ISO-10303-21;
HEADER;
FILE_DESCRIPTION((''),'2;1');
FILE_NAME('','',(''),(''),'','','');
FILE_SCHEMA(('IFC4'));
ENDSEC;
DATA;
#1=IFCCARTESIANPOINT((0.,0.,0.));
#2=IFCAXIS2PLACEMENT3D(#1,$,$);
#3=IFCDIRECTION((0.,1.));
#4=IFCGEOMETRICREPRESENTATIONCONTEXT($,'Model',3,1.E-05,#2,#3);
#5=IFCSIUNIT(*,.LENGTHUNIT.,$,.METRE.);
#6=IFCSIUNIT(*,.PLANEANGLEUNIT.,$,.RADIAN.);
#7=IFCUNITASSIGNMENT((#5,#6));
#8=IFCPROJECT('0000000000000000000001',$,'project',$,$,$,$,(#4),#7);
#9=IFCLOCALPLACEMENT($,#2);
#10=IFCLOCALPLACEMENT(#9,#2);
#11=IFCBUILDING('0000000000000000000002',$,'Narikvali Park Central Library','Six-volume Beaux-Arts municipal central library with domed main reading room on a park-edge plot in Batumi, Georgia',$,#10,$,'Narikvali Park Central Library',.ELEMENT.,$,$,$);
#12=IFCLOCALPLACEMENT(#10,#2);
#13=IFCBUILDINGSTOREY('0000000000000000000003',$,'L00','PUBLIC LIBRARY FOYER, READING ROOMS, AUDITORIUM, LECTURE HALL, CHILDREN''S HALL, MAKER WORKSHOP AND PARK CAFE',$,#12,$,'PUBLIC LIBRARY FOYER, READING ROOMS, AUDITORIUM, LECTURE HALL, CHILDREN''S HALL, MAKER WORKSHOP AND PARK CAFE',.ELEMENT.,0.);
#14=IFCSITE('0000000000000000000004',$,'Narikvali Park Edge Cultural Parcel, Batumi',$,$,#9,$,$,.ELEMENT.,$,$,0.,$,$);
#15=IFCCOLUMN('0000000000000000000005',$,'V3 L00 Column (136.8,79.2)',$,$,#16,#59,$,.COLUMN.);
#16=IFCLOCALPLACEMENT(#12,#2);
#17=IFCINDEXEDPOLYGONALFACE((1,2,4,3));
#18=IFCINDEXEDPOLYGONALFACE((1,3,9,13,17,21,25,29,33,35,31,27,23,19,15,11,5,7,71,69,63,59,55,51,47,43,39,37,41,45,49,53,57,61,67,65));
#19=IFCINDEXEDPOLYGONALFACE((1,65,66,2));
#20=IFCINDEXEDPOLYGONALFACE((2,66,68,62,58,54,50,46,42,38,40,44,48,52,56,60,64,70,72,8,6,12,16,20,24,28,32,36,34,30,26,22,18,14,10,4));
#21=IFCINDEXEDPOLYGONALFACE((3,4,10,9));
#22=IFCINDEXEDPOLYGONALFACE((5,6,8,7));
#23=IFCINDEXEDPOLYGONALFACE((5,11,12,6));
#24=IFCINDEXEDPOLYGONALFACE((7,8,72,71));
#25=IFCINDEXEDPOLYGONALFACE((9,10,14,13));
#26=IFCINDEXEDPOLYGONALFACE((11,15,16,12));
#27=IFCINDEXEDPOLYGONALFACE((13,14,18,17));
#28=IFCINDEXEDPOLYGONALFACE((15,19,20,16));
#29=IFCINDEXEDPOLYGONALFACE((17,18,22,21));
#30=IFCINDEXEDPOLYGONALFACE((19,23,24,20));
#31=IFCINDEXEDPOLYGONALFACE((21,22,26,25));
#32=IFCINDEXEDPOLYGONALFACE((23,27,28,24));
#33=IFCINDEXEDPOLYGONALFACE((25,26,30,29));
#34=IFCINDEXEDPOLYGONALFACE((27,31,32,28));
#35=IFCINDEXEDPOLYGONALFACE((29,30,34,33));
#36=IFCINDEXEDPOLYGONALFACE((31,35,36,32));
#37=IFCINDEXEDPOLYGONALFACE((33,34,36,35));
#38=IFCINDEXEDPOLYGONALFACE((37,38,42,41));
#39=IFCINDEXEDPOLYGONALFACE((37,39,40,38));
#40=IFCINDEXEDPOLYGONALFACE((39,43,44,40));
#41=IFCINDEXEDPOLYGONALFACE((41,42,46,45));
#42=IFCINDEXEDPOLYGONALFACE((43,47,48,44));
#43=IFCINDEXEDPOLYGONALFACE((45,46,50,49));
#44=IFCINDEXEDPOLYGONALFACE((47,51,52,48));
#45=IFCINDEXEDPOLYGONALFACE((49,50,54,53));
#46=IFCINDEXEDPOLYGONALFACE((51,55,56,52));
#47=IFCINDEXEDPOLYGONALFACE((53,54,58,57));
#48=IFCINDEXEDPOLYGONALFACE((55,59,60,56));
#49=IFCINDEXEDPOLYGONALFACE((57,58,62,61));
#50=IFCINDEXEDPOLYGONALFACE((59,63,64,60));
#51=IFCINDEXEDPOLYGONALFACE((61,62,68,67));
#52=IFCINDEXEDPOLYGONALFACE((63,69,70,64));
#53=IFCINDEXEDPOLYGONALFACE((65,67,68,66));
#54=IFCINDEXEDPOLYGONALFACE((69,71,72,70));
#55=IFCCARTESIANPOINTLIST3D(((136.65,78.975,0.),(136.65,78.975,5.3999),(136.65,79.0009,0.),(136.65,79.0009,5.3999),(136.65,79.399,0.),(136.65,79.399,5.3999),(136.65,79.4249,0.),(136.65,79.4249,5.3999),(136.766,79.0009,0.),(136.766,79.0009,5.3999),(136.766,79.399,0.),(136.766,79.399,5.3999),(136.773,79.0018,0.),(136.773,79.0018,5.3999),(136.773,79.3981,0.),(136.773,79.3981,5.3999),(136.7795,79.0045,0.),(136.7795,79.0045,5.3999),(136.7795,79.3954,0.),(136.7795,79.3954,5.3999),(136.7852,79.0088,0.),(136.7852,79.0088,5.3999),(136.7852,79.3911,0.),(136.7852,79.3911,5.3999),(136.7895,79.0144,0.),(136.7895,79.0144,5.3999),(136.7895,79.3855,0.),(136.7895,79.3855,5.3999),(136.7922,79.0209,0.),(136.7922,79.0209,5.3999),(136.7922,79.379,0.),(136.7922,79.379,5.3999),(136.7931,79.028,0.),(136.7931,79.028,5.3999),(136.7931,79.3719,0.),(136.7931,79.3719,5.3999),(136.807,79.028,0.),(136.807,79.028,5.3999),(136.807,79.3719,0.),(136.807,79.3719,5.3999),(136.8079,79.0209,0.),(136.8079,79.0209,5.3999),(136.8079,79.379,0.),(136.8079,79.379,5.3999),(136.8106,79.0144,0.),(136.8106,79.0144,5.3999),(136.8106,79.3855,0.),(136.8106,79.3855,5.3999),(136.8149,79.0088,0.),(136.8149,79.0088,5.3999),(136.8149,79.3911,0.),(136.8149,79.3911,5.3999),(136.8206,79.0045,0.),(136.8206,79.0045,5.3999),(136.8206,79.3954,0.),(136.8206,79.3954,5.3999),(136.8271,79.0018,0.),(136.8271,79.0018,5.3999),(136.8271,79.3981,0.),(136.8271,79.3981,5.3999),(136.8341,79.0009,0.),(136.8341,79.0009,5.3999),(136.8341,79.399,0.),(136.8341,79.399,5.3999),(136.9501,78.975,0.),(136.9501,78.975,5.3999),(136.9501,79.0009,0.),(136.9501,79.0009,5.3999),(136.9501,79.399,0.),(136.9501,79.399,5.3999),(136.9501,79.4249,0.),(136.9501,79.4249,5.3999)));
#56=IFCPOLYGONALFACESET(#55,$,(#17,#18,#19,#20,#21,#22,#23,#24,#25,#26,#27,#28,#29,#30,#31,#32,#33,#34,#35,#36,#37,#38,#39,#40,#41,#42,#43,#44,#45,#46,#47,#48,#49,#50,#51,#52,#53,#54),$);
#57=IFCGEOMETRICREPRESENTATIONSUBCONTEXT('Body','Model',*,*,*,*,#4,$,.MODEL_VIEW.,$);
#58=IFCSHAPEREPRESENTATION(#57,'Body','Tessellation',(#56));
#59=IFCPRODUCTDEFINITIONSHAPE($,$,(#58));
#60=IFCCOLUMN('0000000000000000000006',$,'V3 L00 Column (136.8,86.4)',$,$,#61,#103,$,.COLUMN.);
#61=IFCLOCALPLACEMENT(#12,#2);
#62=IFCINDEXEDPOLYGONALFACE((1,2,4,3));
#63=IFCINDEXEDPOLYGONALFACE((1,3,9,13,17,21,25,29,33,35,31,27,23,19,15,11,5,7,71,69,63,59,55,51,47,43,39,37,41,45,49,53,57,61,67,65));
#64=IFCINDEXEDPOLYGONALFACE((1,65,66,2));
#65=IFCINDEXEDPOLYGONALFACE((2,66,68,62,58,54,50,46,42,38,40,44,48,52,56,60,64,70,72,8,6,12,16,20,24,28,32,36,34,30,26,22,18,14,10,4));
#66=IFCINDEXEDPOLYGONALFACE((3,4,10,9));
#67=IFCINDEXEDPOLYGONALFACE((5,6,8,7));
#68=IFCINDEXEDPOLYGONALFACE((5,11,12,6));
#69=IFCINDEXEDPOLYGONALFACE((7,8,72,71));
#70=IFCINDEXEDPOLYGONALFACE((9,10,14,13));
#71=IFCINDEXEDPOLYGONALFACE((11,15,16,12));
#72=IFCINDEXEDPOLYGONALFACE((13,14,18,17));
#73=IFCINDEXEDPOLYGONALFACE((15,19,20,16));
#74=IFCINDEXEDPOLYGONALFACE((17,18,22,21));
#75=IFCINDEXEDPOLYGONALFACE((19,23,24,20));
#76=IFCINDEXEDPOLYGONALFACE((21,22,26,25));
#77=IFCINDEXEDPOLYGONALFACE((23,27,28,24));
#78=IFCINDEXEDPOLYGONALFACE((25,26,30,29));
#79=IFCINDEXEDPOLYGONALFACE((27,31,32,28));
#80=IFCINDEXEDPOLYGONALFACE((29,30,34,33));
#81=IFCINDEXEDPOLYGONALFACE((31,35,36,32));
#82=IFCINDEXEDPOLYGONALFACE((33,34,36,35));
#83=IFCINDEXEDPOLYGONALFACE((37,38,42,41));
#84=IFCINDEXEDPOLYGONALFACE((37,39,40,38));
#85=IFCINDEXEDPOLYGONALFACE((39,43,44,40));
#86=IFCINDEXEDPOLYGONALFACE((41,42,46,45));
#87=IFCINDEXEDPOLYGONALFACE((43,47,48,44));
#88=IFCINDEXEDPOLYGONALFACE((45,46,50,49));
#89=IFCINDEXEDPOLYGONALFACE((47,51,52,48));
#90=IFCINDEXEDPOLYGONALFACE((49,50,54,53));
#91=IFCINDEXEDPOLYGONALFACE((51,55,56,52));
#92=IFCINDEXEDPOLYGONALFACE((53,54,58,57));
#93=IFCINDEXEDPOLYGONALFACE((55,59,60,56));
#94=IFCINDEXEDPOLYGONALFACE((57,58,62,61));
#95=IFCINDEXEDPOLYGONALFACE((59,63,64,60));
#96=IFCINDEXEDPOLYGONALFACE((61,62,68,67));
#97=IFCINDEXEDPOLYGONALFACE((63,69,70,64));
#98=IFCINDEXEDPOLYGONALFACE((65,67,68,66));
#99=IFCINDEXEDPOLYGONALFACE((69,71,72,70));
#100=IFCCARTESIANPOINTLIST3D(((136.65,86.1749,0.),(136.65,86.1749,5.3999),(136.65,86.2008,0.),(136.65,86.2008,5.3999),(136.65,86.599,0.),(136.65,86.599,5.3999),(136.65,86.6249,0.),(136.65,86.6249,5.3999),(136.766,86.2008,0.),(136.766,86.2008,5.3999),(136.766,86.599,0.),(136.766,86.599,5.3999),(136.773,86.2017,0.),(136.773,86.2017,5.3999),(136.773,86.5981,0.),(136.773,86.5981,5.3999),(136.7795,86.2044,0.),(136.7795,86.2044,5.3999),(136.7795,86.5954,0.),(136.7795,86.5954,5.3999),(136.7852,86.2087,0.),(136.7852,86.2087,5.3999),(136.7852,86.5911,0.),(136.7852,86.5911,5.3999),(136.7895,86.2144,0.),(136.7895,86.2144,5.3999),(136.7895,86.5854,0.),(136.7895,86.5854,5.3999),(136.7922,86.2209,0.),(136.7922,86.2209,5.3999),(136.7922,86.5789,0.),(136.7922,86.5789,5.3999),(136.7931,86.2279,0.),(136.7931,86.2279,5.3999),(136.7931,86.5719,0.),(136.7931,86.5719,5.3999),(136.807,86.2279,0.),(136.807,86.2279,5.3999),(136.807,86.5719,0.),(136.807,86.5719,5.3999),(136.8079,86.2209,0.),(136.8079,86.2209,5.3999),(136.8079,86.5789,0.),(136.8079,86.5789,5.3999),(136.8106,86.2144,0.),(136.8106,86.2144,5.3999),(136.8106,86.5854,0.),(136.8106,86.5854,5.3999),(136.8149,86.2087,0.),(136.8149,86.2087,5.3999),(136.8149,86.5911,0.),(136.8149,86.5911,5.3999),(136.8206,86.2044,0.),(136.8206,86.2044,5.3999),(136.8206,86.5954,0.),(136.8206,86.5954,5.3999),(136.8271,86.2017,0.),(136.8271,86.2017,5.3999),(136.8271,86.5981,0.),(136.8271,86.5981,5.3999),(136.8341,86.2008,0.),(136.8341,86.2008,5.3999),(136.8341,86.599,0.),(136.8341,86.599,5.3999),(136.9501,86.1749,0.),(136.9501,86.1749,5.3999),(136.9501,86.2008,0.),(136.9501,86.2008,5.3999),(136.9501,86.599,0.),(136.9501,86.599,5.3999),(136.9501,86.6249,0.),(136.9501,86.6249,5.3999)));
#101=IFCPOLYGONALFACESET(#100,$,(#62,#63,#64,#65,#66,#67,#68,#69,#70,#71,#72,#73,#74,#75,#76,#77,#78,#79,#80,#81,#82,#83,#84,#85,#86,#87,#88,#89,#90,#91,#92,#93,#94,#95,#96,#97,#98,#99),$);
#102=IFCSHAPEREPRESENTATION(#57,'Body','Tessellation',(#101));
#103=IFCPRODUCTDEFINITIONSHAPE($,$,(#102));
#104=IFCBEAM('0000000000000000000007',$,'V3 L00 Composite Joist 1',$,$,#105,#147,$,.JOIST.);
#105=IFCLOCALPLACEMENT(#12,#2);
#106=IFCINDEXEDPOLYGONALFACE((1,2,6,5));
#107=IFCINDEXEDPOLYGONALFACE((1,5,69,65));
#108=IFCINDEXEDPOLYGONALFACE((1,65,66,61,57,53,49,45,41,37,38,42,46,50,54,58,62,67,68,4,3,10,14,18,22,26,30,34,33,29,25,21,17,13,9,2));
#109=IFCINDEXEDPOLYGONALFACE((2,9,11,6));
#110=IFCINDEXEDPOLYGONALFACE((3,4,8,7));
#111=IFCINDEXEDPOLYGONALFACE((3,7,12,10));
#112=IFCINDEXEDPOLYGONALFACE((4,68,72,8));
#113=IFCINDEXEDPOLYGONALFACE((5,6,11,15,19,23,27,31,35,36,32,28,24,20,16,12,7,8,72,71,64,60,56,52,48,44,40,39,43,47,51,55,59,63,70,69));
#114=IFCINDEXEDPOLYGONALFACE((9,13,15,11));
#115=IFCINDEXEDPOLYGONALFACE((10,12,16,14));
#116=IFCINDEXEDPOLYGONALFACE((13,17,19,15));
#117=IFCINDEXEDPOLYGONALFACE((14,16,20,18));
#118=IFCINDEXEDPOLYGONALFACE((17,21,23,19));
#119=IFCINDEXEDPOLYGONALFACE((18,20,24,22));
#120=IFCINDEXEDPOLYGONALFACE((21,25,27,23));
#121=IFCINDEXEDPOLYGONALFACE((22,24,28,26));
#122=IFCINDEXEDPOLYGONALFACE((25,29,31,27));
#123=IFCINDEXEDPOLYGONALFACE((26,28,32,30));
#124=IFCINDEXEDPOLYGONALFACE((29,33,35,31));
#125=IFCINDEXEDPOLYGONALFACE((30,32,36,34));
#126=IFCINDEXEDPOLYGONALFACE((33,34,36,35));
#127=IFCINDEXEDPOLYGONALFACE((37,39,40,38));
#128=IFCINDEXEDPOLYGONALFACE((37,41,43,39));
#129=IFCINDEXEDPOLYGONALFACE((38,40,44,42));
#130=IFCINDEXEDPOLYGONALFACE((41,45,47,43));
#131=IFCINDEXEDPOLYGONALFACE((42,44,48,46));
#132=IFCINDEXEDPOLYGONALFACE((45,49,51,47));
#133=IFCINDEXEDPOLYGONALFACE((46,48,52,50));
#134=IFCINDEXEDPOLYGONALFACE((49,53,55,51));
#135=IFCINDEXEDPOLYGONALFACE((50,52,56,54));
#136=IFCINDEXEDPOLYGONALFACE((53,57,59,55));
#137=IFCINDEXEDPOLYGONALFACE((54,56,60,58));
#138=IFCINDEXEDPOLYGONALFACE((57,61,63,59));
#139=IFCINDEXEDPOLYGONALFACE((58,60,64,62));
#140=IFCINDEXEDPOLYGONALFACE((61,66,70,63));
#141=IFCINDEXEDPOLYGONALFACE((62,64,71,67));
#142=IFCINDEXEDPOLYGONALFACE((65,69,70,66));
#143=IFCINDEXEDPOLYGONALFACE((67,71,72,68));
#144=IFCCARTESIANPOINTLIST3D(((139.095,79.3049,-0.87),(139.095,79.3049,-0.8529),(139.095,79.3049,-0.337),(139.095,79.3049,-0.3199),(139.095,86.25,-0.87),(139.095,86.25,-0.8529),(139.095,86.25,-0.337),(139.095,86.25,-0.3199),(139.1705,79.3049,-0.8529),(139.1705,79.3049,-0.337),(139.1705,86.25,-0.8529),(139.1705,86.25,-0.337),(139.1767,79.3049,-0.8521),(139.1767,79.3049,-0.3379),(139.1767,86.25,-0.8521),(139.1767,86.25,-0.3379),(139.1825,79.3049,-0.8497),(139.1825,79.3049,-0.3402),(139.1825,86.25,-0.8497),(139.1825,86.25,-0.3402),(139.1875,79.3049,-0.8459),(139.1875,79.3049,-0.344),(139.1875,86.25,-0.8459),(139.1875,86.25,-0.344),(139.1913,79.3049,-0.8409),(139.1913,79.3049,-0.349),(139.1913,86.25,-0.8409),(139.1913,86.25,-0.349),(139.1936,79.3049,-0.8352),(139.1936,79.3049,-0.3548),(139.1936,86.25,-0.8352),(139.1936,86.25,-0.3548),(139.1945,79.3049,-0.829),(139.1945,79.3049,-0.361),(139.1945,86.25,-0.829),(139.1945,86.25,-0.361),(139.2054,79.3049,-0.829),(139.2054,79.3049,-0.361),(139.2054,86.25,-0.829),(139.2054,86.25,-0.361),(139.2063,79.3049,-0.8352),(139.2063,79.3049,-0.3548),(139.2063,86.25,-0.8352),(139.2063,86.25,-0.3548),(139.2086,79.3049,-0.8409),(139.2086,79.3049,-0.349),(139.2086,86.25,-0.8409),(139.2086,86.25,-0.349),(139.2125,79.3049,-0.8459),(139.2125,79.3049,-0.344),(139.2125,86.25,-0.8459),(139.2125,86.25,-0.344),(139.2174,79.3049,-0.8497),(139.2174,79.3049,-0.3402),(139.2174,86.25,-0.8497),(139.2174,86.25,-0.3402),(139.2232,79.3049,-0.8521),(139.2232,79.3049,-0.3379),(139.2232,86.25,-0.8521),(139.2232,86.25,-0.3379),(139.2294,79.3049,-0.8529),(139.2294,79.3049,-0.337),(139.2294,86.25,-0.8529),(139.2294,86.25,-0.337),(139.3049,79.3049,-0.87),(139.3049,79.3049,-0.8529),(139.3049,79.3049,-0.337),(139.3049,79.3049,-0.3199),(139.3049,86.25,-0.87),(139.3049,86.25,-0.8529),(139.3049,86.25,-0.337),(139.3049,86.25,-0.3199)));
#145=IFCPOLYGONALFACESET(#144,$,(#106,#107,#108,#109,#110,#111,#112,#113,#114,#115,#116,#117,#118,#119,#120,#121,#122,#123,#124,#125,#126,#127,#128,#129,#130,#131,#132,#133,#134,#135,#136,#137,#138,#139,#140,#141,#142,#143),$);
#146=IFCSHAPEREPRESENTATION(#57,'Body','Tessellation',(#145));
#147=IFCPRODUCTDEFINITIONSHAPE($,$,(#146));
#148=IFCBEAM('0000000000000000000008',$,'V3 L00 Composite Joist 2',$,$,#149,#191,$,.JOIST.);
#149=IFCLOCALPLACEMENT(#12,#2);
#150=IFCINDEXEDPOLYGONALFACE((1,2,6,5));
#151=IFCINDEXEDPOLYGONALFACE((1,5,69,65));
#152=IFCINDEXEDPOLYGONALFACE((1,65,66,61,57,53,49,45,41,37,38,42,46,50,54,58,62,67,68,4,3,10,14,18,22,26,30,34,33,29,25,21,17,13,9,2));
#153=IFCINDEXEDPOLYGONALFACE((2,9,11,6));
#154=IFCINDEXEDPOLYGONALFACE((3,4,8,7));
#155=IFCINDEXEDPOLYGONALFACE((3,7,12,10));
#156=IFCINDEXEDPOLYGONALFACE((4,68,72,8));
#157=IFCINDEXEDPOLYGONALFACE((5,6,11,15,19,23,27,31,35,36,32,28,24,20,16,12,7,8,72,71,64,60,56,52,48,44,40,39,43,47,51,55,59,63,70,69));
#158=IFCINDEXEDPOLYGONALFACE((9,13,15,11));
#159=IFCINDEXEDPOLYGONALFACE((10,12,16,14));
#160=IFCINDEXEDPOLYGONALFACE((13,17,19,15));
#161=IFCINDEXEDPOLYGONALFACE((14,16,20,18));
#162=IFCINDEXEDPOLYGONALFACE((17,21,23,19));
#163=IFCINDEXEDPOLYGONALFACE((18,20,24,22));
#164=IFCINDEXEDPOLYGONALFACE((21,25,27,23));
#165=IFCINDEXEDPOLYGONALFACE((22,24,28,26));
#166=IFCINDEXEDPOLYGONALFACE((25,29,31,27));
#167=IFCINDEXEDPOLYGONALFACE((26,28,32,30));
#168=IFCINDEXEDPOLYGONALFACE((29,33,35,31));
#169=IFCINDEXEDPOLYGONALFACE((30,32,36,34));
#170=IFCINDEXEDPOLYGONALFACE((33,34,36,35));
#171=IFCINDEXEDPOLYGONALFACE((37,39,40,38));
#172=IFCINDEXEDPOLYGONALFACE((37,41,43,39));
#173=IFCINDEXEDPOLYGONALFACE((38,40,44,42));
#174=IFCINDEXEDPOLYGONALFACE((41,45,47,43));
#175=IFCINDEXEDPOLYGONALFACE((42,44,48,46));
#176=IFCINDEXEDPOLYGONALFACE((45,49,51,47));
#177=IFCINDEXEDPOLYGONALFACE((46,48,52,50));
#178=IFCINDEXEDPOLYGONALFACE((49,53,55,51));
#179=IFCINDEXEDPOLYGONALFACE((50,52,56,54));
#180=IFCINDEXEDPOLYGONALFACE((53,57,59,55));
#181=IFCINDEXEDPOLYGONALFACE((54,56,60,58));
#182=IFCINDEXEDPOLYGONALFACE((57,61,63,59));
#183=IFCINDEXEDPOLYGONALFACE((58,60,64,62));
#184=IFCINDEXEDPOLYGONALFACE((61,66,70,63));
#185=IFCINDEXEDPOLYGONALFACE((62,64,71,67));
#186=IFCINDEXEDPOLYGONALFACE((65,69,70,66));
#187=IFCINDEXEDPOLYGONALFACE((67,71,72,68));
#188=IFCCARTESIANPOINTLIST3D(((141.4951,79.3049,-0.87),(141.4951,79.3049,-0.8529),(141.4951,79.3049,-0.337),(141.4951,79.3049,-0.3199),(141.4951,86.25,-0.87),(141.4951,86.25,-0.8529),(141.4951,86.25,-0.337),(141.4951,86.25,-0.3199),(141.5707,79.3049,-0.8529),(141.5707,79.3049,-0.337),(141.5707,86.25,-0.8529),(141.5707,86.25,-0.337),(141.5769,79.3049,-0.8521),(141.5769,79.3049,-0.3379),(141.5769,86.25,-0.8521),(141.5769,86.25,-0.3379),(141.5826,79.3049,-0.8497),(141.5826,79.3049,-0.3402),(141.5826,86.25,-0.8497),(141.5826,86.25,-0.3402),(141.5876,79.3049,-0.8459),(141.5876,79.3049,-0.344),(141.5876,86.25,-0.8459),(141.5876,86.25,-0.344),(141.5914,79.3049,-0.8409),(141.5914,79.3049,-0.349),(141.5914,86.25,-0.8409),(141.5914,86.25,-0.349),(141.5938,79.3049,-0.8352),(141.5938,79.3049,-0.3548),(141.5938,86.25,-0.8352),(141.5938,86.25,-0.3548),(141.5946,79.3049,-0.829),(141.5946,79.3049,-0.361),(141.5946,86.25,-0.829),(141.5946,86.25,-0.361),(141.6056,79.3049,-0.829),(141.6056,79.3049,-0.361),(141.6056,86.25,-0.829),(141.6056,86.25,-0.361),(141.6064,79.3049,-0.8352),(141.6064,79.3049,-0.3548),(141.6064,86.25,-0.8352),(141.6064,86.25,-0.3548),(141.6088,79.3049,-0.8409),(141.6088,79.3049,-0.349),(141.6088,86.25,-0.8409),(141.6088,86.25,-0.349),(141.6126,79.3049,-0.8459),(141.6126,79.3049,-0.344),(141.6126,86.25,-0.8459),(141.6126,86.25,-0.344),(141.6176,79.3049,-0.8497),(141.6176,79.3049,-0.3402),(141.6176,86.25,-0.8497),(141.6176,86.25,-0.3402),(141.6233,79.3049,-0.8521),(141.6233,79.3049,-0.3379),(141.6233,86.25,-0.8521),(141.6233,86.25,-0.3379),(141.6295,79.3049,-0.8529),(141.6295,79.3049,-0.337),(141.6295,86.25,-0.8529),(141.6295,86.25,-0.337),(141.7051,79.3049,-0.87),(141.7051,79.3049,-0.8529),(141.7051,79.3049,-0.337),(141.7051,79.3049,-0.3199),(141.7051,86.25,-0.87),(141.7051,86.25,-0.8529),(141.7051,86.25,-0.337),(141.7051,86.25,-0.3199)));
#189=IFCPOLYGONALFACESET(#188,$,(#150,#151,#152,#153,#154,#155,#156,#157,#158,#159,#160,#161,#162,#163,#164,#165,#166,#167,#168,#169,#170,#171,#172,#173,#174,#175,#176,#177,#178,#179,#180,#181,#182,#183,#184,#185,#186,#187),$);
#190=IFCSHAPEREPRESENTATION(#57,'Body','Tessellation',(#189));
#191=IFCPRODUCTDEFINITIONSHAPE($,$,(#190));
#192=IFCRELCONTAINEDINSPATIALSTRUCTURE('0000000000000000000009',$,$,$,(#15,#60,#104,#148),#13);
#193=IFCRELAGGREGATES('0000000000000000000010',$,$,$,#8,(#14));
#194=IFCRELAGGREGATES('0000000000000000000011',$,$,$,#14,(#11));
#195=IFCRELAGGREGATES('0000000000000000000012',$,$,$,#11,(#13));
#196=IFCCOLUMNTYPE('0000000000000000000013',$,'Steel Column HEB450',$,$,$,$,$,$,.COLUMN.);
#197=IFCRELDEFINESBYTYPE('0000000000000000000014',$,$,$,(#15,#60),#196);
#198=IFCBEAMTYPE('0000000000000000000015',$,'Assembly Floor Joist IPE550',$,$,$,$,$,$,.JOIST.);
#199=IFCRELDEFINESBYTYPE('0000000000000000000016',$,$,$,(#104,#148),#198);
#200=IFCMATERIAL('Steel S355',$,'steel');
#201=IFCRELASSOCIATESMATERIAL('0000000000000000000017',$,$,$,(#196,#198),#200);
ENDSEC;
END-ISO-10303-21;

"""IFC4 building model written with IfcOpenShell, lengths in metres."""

from ifc_helpers import new_model, si_unit, direction, frame, origin, origin_2d, place, context, subcontext, project, spatial, i_section, extrude, material, material_profile, profile_set, type_object, element, save


model = new_model("IFC4")

# Units and contexts
model_context = context("Model", 3, precision=1e-05, world=origin(), true_north=direction((0.0, 1.0)))
body_context = subcontext(model_context, "Body", "Model", "MODEL_VIEW")
ifc_project = project(units=[si_unit("LENGTHUNIT", "METRE"), si_unit("PLANEANGLEUNIT", "RADIAN")], contexts=[model_context])

# Site, building, storey
site_placement = place(None, origin())
site = spatial("IfcSite", under=ifc_project, at=site_placement, Name="Narikvali Park Edge Cultural Parcel, Batumi", CompositionType="ELEMENT", RefElevation=0.0)
building_placement = place(site_placement, origin())
building = spatial("IfcBuilding", under=site, at=building_placement, Name="Narikvali Park Central Library", Description="Six-volume Beaux-Arts municipal central library with domed main reading room on a park-edge plot in Batumi, Georgia", LongName="Narikvali Park Central Library", CompositionType="ELEMENT")
storey_placement = place(building_placement, origin())
storey = spatial("IfcBuildingStorey", under=building, at=storey_placement, Name="L00", Description="PUBLIC LIBRARY FOYER, READING ROOMS, AUDITORIUM, LECTURE HALL, CHILDREN'S HALL, MAKER WORKSHOP AND PARK CAFE", LongName="PUBLIC LIBRARY FOYER, READING ROOMS, AUDITORIUM, LECTURE HALL, CHILDREN'S HALL, MAKER WORKSHOP AND PARK CAFE", CompositionType="ELEMENT", Elevation=0.0)

# Columns
ifc_material_1 = material(Name="Steel S355", Category="steel")
ifc_material_profile_1 = material_profile(ifc_material_1, i_section(OverallWidth=0.3, OverallDepth=0.45, WebThickness=0.0139, FlangeThickness=0.0259, FilletRadius=0.0271, at=origin_2d()), Name="HEB 450")
ifc_profile_set_1 = profile_set([ifc_material_profile_1], Name="Steel S355")
column_type = type_object("IfcColumnType", Name="Steel Column HEB450", PredefinedType="COLUMN", material=ifc_profile_set_1)
for number, where, z_axis, x_axis, name in (
    (1, (136.8, 79.2, 0.0), (0.0, 0.0, 1.0), (1.0, 0.0, 0.0), "V3 L00 Column (136.8,79.2)"),
    (2, (136.8, 86.3999, 0.0), (0.0, 0.0, 1.0), (1.0, 0.0, 0.0), "V3 L00 Column (136.8,86.4)"),
):
    element("IfcColumn", number, at=place(storey_placement, frame(where, z_axis=z_axis, x_axis=x_axis)), inside=storey, type_object=column_type, Name=name, PredefinedType="COLUMN", context=body_context, shape_type="SweptSolid", body=[
        extrude(i_section(OverallWidth=0.3, OverallDepth=0.45, WebThickness=0.0139, FlangeThickness=0.0259, FilletRadius=0.0271, at=origin_2d()), origin(), (0.0, 0.0, 1.0), 5.3999),
    ])

# Beams
ifc_material_profile_2 = material_profile(ifc_material_1, i_section(OverallWidth=0.21, OverallDepth=0.55, WebThickness=0.011, FlangeThickness=0.0171, FilletRadius=0.0239, at=origin_2d()), Name="IPE 550")
ifc_profile_set_2 = profile_set([ifc_material_profile_2], Name="Steel S355")
beam_type_1 = type_object("IfcBeamType", Name="Assembly Floor Joist IPE550", PredefinedType="JOIST", material=ifc_profile_set_2)
for number, where, z_axis, x_axis, name in (
    (3, (139.2, 79.3049, -0.595), (0.0, 1.0, 0.0), (-1.0, 0.0, 0.0), "V3 L00 Composite Joist 1"),
    (4, (141.6001, 79.3049, -0.595), (0.0, 1.0, 0.0), (-1.0, 0.0, 0.0), "V3 L00 Composite Joist 2"),
):
    element("IfcBeam", number, at=place(storey_placement, frame(where, z_axis=z_axis, x_axis=x_axis)), inside=storey, type_object=beam_type_1, Name=name, PredefinedType="JOIST", context=body_context, shape_type="SweptSolid", body=[
        extrude(i_section(OverallWidth=0.21, OverallDepth=0.55, WebThickness=0.011, FlangeThickness=0.0171, FilletRadius=0.0239, at=origin_2d()), origin(), (0.0, 0.0, 1.0), 6.9451),
    ])

save(model, "model.ifc")
